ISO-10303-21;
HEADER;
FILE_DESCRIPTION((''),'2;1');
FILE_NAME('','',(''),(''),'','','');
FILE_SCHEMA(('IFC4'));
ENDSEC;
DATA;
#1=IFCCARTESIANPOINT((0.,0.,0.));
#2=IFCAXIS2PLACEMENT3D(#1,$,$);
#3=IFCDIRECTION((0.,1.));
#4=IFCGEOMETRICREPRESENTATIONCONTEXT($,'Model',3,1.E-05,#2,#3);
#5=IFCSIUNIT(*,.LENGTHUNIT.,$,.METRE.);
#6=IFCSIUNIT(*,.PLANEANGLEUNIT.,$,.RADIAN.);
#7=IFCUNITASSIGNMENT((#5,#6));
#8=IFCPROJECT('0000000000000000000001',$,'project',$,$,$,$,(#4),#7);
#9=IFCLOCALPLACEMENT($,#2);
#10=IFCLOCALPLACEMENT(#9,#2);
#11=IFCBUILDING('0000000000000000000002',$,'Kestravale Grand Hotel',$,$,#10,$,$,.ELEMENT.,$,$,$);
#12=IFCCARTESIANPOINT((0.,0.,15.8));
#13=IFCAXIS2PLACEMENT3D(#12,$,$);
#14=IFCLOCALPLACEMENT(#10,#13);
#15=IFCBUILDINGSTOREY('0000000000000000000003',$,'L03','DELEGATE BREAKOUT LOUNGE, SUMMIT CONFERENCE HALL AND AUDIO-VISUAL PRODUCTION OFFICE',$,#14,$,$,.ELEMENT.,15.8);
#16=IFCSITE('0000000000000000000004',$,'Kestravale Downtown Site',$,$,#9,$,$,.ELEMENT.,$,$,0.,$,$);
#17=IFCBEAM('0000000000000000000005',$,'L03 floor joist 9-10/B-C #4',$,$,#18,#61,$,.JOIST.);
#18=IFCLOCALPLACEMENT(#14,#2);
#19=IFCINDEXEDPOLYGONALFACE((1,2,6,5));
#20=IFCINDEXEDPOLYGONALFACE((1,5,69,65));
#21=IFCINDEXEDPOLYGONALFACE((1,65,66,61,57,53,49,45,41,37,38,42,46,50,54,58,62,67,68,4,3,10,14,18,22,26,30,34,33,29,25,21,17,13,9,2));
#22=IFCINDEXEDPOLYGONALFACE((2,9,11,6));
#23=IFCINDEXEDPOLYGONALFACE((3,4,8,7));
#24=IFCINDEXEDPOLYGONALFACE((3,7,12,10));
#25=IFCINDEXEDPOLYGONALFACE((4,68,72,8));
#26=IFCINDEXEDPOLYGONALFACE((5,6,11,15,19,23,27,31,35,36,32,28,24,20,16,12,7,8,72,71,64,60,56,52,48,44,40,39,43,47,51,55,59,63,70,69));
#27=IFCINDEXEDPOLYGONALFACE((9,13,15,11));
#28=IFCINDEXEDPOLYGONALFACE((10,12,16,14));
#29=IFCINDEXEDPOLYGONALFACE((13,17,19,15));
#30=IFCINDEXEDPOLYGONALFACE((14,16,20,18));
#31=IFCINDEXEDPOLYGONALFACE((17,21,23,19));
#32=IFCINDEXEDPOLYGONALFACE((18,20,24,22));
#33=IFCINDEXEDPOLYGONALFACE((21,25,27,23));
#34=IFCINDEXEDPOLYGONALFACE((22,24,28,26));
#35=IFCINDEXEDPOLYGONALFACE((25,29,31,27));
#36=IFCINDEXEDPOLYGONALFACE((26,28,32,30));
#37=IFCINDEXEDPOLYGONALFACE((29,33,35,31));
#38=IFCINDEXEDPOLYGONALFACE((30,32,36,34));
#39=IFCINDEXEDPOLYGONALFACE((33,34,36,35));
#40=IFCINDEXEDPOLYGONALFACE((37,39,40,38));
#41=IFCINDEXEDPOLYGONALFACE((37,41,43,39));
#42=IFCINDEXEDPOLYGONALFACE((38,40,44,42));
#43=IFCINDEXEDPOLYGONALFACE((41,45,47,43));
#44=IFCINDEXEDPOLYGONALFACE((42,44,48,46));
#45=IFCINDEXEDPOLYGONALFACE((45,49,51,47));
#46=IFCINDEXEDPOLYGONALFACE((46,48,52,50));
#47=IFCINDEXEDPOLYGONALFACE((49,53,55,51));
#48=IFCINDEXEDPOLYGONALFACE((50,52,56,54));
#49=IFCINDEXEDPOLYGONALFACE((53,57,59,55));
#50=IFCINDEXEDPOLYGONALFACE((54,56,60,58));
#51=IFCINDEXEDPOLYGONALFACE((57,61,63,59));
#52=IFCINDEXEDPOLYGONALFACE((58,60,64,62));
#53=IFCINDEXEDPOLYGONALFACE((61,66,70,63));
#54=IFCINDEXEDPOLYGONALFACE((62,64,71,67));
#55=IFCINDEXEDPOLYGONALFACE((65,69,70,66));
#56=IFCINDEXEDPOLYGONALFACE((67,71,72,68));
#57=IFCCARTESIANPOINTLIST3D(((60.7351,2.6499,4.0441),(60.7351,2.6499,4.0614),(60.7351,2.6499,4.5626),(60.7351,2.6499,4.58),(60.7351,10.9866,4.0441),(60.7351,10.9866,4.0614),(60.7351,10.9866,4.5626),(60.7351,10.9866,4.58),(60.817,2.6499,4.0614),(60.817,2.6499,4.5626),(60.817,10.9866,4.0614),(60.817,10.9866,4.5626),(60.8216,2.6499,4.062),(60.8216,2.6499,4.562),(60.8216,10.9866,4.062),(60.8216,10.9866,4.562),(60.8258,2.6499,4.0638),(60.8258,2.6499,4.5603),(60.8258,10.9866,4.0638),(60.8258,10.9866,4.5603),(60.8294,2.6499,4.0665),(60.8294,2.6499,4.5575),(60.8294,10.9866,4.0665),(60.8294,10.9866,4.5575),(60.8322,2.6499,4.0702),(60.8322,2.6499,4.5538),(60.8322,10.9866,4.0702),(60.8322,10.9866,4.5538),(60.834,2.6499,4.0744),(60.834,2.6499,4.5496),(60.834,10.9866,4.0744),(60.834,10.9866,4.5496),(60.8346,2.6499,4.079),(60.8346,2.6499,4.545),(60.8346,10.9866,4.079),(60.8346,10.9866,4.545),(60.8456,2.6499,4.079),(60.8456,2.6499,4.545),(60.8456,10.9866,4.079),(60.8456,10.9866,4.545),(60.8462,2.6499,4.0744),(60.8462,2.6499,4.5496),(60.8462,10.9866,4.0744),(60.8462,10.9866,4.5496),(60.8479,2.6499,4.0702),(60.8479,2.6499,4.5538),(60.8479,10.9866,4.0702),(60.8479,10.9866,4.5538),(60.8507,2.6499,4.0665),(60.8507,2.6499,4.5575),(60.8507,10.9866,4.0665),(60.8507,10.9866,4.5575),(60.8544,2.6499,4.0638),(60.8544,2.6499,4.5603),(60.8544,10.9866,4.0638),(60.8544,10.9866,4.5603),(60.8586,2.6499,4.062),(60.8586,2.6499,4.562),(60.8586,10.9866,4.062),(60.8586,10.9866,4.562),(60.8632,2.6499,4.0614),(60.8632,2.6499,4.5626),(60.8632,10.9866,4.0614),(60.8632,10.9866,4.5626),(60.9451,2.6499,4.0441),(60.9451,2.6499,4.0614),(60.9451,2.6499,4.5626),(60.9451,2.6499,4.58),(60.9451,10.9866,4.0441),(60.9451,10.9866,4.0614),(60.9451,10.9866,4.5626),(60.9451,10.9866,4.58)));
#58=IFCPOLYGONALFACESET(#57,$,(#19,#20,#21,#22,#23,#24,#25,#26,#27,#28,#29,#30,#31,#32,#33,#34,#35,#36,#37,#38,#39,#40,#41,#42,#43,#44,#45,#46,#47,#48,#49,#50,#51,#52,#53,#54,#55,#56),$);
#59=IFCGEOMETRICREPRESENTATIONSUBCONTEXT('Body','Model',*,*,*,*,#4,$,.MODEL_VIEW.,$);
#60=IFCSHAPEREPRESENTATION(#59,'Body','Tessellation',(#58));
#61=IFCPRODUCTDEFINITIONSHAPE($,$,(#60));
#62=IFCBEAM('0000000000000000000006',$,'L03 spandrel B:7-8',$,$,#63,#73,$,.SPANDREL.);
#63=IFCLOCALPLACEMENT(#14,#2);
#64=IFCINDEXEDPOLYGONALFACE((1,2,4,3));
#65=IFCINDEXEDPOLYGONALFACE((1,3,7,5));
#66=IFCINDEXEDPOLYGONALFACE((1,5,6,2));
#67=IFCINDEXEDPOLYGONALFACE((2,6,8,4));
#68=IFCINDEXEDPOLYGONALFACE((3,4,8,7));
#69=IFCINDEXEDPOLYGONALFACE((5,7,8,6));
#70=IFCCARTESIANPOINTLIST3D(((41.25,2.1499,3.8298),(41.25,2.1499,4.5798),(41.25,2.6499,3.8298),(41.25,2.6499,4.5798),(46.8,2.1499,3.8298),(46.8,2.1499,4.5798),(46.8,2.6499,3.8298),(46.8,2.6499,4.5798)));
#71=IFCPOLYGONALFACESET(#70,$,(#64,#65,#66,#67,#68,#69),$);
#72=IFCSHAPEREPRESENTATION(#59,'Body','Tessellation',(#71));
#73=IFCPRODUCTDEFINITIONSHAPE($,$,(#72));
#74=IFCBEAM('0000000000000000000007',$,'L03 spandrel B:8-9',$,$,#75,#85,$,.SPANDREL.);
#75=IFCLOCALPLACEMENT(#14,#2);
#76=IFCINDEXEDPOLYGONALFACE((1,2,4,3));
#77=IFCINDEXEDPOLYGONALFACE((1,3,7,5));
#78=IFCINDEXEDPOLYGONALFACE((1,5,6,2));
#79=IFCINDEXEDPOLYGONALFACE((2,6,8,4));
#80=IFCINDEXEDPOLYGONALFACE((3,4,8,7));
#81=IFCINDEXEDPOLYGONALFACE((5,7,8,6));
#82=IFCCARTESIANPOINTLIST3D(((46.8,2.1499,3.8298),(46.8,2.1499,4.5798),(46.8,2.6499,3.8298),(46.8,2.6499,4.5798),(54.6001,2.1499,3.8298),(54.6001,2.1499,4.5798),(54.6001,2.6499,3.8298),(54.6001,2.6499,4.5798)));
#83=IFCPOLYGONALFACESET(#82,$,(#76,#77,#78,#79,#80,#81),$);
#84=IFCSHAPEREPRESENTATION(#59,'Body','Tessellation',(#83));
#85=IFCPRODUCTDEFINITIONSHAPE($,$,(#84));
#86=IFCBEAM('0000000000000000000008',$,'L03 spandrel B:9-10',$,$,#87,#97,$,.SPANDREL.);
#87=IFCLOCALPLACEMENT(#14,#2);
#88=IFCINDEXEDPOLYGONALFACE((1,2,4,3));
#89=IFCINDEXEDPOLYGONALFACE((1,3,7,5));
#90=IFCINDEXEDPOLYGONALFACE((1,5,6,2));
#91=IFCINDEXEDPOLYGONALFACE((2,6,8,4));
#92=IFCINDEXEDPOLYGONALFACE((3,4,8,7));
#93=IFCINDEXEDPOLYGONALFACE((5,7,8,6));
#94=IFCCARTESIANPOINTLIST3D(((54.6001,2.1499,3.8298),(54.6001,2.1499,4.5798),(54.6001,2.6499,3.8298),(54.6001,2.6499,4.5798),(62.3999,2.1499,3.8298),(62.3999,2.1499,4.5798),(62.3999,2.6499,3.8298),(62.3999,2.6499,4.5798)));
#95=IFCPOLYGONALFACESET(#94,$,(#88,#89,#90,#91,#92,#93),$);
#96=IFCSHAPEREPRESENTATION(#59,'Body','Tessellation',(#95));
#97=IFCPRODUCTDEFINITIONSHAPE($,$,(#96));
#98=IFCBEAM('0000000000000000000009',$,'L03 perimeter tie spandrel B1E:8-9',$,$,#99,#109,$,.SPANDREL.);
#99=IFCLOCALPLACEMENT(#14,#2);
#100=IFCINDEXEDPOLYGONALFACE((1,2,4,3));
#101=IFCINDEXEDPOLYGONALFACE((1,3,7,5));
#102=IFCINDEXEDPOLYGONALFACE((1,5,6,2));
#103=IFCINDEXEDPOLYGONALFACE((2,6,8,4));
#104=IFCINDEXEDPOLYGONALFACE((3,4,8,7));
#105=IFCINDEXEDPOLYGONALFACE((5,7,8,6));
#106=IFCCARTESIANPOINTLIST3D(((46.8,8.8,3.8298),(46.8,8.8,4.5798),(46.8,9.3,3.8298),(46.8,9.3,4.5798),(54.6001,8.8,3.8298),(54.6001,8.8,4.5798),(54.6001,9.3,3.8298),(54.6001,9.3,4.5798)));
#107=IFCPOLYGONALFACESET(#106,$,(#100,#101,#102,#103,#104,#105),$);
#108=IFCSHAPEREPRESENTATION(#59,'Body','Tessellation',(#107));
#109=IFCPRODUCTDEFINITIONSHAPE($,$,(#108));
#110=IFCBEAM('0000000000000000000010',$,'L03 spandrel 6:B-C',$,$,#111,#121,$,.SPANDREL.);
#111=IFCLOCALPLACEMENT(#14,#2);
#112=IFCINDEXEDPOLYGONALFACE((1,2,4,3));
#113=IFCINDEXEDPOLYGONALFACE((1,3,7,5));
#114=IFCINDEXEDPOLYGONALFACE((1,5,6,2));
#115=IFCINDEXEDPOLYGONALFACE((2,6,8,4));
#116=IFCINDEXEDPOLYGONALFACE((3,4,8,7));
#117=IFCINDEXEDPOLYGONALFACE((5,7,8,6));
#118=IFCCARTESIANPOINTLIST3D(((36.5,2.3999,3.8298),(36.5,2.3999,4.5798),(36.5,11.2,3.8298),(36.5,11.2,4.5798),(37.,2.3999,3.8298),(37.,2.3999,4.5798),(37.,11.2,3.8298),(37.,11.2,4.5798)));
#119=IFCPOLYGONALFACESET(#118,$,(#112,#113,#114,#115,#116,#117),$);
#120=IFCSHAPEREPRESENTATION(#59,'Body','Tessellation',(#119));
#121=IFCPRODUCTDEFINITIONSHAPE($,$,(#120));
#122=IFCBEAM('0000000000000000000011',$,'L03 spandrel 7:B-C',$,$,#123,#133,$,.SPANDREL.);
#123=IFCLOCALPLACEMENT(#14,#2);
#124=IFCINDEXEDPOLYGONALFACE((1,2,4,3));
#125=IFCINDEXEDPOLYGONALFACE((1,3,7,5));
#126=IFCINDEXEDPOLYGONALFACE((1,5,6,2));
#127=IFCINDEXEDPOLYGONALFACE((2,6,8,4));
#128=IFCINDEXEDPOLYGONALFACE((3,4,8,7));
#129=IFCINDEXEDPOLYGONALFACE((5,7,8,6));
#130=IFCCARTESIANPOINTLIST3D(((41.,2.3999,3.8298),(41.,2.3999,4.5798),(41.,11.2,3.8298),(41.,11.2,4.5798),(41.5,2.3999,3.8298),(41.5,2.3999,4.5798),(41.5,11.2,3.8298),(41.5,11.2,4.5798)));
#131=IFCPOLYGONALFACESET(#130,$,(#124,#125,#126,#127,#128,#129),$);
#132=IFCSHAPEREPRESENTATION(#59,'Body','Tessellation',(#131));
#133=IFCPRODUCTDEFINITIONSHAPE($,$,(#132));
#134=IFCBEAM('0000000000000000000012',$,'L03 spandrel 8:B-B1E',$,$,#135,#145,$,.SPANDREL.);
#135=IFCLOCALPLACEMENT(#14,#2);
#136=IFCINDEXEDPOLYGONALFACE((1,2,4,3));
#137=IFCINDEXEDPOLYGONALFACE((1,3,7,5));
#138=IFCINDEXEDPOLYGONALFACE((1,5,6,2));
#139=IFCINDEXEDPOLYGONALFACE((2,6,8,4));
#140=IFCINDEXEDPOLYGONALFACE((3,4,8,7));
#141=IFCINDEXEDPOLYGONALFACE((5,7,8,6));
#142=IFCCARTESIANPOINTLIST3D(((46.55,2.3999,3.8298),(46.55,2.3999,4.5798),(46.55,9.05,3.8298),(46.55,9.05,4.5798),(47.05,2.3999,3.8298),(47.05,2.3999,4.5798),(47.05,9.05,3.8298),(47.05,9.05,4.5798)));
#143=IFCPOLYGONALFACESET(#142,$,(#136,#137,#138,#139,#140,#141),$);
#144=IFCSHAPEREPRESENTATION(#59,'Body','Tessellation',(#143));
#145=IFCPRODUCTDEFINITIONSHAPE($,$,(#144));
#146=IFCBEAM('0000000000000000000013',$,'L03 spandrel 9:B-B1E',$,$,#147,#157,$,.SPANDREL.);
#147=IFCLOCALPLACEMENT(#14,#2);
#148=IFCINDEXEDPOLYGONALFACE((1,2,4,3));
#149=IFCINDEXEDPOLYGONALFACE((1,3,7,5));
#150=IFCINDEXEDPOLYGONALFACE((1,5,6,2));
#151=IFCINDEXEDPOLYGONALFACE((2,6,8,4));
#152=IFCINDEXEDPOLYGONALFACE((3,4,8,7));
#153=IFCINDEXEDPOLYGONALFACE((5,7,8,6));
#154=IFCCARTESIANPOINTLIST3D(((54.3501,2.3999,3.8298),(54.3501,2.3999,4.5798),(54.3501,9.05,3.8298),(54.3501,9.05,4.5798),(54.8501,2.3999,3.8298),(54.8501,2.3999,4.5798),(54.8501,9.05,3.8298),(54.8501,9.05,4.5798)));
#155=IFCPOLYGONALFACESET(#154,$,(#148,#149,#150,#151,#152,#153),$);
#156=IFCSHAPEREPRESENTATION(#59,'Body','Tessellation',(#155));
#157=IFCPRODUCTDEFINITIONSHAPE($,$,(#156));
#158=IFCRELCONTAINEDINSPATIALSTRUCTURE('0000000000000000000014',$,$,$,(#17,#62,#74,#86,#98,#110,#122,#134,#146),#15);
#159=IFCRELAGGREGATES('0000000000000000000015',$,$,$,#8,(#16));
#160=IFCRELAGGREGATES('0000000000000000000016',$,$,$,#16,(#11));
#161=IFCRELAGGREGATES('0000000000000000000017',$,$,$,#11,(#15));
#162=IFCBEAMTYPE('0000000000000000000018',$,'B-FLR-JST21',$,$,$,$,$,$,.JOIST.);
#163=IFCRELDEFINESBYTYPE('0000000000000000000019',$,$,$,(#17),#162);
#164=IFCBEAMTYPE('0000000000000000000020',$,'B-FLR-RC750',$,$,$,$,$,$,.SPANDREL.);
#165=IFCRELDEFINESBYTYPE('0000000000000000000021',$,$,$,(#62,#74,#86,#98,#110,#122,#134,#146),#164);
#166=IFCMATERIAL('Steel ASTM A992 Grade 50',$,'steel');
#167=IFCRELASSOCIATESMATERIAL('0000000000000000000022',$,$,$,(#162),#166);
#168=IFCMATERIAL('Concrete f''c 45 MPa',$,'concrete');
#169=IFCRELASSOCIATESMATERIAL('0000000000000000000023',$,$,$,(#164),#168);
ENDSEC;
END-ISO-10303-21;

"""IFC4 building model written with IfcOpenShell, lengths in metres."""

from ifc_helpers import new_model, si_unit, direction, frame, origin, origin_2d, place, context, subcontext, project, spatial, rectangle, i_section, extrude, material, material_profile, profile_set, type_object, element, save


model = new_model("IFC4")

# Units and contexts
model_context = context("Model", 3, precision=1e-05, world=origin(), true_north=direction((0.0, 1.0)))
body_context = subcontext(model_context, "Body", "Model", "MODEL_VIEW")
ifc_project = project(units=[si_unit("LENGTHUNIT", "METRE"), si_unit("PLANEANGLEUNIT", "RADIAN")], contexts=[model_context])

# Site, building, storey
site_placement = place(None, origin())
site = spatial("IfcSite", under=ifc_project, at=site_placement, Name="Kestravale Downtown Site", CompositionType="ELEMENT", RefElevation=0.0)
building_placement = place(site_placement, origin())
building = spatial("IfcBuilding", under=site, at=building_placement, Name="Kestravale Grand Hotel", CompositionType="ELEMENT")
storey_placement = place(building_placement, frame((0.0, 0.0, 15.8)))
storey = spatial("IfcBuildingStorey", under=building, at=storey_placement, Name="L03", Description="DELEGATE BREAKOUT LOUNGE, SUMMIT CONFERENCE HALL AND AUDIO-VISUAL PRODUCTION OFFICE", CompositionType="ELEMENT", Elevation=15.8)

# Beams
ifc_material_1 = material(Name="Steel ASTM A992 Grade 50", Category="steel")
ifc_material_profile_1 = material_profile(ifc_material_1, i_section(OverallWidth=0.21, OverallDepth=0.5359, WebThickness=0.011, FlangeThickness=0.0173, FilletRadius=0.0176, at=origin_2d()))
ifc_profile_set_1 = profile_set([ifc_material_profile_1], Name="Steel ASTM A992 Grade 50")
beam_type_1 = type_object("IfcBeamType", Name="B-FLR-JST21", PredefinedType="JOIST", material=ifc_profile_set_1)
for number, where, z_axis, x_axis, name in (
    (1, (60.8401, 2.6499, 4.312), (0.0, 1.0, 0.0), (-1.0, 0.0, 0.0), "L03 floor joist 9-10/B-C #4"),
):
    element("IfcBeam", number, at=place(storey_placement, frame(where, z_axis=z_axis, x_axis=x_axis)), inside=storey, type_object=beam_type_1, Name=name, PredefinedType="JOIST", context=body_context, shape_type="SweptSolid", body=[
        extrude(i_section(OverallWidth=0.21, OverallDepth=0.5359, WebThickness=0.011, FlangeThickness=0.0173, FilletRadius=0.0176, at=origin_2d()), origin(), (0.0, 0.0, 1.0), 8.3367),
    ])
ifc_material_2 = material(Name="Concrete f'c 45 MPa", Category="concrete")
ifc_material_profile_2 = material_profile(ifc_material_2, rectangle(XDim=0.5, YDim=0.75, at=origin_2d()))
ifc_profile_set_2 = profile_set([ifc_material_profile_2], Name="Concrete f'c 45 MPa")
beam_type_2 = type_object("IfcBeamType", Name="B-FLR-RC750", PredefinedType="SPANDREL", material=ifc_profile_set_2)
beam_1_placement = place(storey_placement, frame((41.25, 2.3999, 4.2048), z_axis=(1.0, 0.0, 0.0), x_axis=(0.0, 1.0, 0.0)))
element("IfcBeam", 2, at=beam_1_placement, inside=storey, type_object=beam_type_2, Name="L03 spandrel B:7-8", PredefinedType="SPANDREL", context=body_context, shape_type="SweptSolid", body=[
    extrude(rectangle(XDim=0.5, YDim=0.75, at=origin_2d()), origin(), (0.0, 0.0, 1.0), 5.55),
])
beam_2_placement = place(storey_placement, frame((46.8, 2.3999, 4.2048), z_axis=(1.0, 0.0, 0.0), x_axis=(0.0, 1.0, 0.0)))
element("IfcBeam", 3, at=beam_2_placement, inside=storey, type_object=beam_type_2, Name="L03 spandrel B:8-9", PredefinedType="SPANDREL", context=body_context, shape_type="SweptSolid", body=[
    extrude(rectangle(XDim=0.5, YDim=0.75, at=origin_2d()), origin(), (0.0, 0.0, 1.0), 7.8),
])
beam_3_placement = place(storey_placement, frame((54.6001, 2.3999, 4.2048), z_axis=(1.0, 0.0, 0.0), x_axis=(0.0, 1.0, 0.0)))
element("IfcBeam", 4, at=beam_3_placement, inside=storey, type_object=beam_type_2, Name="L03 spandrel B:9-10", PredefinedType="SPANDREL", context=body_context, shape_type="SweptSolid", body=[
    extrude(rectangle(XDim=0.5, YDim=0.75, at=origin_2d()), origin(), (0.0, 0.0, 1.0), 7.7998),
])
beam_4_placement = place(storey_placement, frame((46.8, 9.05, 4.2048), z_axis=(1.0, 0.0, 0.0), x_axis=(0.0, 1.0, 0.0)))
element("IfcBeam", 5, at=beam_4_placement, inside=storey, type_object=beam_type_2, Name="L03 perimeter tie spandrel B1E:8-9", PredefinedType="SPANDREL", context=body_context, shape_type="SweptSolid", body=[
    extrude(rectangle(XDim=0.5, YDim=0.75, at=origin_2d()), origin(), (0.0, 0.0, 1.0), 7.8),
])
for number, where, z_axis, x_axis, name in (
    (6, (36.75, 2.3999, 4.2048), (0.0, 1.0, 0.0), (-1.0, 0.0, 0.0), "L03 spandrel 6:B-C"),
    (7, (41.25, 2.3999, 4.2048), (0.0, 1.0, 0.0), (-1.0, 0.0, 0.0), "L03 spandrel 7:B-C"),
):
    element("IfcBeam", number, at=place(storey_placement, frame(where, z_axis=z_axis, x_axis=x_axis)), inside=storey, type_object=beam_type_2, Name=name, PredefinedType="SPANDREL", context=body_context, shape_type="SweptSolid", body=[
        extrude(rectangle(XDim=0.5, YDim=0.75, at=origin_2d()), origin(), (0.0, 0.0, 1.0), 8.8),
    ])
for number, where, z_axis, x_axis, name in (
    (8, (46.8, 2.3999, 4.2048), (0.0, 1.0, 0.0), (-1.0, 0.0, 0.0), "L03 spandrel 8:B-B1E"),
    (9, (54.6001, 2.3999, 4.2048), (0.0, 1.0, 0.0), (-1.0, 0.0, 0.0), "L03 spandrel 9:B-B1E"),
):
    element("IfcBeam", number, at=place(storey_placement, frame(where, z_axis=z_axis, x_axis=x_axis)), inside=storey, type_object=beam_type_2, Name=name, PredefinedType="SPANDREL", context=body_context, shape_type="SweptSolid", body=[
        extrude(rectangle(XDim=0.5, YDim=0.75, at=origin_2d()), origin(), (0.0, 0.0, 1.0), 6.6501),
    ])

save(model, "model.ifc")
